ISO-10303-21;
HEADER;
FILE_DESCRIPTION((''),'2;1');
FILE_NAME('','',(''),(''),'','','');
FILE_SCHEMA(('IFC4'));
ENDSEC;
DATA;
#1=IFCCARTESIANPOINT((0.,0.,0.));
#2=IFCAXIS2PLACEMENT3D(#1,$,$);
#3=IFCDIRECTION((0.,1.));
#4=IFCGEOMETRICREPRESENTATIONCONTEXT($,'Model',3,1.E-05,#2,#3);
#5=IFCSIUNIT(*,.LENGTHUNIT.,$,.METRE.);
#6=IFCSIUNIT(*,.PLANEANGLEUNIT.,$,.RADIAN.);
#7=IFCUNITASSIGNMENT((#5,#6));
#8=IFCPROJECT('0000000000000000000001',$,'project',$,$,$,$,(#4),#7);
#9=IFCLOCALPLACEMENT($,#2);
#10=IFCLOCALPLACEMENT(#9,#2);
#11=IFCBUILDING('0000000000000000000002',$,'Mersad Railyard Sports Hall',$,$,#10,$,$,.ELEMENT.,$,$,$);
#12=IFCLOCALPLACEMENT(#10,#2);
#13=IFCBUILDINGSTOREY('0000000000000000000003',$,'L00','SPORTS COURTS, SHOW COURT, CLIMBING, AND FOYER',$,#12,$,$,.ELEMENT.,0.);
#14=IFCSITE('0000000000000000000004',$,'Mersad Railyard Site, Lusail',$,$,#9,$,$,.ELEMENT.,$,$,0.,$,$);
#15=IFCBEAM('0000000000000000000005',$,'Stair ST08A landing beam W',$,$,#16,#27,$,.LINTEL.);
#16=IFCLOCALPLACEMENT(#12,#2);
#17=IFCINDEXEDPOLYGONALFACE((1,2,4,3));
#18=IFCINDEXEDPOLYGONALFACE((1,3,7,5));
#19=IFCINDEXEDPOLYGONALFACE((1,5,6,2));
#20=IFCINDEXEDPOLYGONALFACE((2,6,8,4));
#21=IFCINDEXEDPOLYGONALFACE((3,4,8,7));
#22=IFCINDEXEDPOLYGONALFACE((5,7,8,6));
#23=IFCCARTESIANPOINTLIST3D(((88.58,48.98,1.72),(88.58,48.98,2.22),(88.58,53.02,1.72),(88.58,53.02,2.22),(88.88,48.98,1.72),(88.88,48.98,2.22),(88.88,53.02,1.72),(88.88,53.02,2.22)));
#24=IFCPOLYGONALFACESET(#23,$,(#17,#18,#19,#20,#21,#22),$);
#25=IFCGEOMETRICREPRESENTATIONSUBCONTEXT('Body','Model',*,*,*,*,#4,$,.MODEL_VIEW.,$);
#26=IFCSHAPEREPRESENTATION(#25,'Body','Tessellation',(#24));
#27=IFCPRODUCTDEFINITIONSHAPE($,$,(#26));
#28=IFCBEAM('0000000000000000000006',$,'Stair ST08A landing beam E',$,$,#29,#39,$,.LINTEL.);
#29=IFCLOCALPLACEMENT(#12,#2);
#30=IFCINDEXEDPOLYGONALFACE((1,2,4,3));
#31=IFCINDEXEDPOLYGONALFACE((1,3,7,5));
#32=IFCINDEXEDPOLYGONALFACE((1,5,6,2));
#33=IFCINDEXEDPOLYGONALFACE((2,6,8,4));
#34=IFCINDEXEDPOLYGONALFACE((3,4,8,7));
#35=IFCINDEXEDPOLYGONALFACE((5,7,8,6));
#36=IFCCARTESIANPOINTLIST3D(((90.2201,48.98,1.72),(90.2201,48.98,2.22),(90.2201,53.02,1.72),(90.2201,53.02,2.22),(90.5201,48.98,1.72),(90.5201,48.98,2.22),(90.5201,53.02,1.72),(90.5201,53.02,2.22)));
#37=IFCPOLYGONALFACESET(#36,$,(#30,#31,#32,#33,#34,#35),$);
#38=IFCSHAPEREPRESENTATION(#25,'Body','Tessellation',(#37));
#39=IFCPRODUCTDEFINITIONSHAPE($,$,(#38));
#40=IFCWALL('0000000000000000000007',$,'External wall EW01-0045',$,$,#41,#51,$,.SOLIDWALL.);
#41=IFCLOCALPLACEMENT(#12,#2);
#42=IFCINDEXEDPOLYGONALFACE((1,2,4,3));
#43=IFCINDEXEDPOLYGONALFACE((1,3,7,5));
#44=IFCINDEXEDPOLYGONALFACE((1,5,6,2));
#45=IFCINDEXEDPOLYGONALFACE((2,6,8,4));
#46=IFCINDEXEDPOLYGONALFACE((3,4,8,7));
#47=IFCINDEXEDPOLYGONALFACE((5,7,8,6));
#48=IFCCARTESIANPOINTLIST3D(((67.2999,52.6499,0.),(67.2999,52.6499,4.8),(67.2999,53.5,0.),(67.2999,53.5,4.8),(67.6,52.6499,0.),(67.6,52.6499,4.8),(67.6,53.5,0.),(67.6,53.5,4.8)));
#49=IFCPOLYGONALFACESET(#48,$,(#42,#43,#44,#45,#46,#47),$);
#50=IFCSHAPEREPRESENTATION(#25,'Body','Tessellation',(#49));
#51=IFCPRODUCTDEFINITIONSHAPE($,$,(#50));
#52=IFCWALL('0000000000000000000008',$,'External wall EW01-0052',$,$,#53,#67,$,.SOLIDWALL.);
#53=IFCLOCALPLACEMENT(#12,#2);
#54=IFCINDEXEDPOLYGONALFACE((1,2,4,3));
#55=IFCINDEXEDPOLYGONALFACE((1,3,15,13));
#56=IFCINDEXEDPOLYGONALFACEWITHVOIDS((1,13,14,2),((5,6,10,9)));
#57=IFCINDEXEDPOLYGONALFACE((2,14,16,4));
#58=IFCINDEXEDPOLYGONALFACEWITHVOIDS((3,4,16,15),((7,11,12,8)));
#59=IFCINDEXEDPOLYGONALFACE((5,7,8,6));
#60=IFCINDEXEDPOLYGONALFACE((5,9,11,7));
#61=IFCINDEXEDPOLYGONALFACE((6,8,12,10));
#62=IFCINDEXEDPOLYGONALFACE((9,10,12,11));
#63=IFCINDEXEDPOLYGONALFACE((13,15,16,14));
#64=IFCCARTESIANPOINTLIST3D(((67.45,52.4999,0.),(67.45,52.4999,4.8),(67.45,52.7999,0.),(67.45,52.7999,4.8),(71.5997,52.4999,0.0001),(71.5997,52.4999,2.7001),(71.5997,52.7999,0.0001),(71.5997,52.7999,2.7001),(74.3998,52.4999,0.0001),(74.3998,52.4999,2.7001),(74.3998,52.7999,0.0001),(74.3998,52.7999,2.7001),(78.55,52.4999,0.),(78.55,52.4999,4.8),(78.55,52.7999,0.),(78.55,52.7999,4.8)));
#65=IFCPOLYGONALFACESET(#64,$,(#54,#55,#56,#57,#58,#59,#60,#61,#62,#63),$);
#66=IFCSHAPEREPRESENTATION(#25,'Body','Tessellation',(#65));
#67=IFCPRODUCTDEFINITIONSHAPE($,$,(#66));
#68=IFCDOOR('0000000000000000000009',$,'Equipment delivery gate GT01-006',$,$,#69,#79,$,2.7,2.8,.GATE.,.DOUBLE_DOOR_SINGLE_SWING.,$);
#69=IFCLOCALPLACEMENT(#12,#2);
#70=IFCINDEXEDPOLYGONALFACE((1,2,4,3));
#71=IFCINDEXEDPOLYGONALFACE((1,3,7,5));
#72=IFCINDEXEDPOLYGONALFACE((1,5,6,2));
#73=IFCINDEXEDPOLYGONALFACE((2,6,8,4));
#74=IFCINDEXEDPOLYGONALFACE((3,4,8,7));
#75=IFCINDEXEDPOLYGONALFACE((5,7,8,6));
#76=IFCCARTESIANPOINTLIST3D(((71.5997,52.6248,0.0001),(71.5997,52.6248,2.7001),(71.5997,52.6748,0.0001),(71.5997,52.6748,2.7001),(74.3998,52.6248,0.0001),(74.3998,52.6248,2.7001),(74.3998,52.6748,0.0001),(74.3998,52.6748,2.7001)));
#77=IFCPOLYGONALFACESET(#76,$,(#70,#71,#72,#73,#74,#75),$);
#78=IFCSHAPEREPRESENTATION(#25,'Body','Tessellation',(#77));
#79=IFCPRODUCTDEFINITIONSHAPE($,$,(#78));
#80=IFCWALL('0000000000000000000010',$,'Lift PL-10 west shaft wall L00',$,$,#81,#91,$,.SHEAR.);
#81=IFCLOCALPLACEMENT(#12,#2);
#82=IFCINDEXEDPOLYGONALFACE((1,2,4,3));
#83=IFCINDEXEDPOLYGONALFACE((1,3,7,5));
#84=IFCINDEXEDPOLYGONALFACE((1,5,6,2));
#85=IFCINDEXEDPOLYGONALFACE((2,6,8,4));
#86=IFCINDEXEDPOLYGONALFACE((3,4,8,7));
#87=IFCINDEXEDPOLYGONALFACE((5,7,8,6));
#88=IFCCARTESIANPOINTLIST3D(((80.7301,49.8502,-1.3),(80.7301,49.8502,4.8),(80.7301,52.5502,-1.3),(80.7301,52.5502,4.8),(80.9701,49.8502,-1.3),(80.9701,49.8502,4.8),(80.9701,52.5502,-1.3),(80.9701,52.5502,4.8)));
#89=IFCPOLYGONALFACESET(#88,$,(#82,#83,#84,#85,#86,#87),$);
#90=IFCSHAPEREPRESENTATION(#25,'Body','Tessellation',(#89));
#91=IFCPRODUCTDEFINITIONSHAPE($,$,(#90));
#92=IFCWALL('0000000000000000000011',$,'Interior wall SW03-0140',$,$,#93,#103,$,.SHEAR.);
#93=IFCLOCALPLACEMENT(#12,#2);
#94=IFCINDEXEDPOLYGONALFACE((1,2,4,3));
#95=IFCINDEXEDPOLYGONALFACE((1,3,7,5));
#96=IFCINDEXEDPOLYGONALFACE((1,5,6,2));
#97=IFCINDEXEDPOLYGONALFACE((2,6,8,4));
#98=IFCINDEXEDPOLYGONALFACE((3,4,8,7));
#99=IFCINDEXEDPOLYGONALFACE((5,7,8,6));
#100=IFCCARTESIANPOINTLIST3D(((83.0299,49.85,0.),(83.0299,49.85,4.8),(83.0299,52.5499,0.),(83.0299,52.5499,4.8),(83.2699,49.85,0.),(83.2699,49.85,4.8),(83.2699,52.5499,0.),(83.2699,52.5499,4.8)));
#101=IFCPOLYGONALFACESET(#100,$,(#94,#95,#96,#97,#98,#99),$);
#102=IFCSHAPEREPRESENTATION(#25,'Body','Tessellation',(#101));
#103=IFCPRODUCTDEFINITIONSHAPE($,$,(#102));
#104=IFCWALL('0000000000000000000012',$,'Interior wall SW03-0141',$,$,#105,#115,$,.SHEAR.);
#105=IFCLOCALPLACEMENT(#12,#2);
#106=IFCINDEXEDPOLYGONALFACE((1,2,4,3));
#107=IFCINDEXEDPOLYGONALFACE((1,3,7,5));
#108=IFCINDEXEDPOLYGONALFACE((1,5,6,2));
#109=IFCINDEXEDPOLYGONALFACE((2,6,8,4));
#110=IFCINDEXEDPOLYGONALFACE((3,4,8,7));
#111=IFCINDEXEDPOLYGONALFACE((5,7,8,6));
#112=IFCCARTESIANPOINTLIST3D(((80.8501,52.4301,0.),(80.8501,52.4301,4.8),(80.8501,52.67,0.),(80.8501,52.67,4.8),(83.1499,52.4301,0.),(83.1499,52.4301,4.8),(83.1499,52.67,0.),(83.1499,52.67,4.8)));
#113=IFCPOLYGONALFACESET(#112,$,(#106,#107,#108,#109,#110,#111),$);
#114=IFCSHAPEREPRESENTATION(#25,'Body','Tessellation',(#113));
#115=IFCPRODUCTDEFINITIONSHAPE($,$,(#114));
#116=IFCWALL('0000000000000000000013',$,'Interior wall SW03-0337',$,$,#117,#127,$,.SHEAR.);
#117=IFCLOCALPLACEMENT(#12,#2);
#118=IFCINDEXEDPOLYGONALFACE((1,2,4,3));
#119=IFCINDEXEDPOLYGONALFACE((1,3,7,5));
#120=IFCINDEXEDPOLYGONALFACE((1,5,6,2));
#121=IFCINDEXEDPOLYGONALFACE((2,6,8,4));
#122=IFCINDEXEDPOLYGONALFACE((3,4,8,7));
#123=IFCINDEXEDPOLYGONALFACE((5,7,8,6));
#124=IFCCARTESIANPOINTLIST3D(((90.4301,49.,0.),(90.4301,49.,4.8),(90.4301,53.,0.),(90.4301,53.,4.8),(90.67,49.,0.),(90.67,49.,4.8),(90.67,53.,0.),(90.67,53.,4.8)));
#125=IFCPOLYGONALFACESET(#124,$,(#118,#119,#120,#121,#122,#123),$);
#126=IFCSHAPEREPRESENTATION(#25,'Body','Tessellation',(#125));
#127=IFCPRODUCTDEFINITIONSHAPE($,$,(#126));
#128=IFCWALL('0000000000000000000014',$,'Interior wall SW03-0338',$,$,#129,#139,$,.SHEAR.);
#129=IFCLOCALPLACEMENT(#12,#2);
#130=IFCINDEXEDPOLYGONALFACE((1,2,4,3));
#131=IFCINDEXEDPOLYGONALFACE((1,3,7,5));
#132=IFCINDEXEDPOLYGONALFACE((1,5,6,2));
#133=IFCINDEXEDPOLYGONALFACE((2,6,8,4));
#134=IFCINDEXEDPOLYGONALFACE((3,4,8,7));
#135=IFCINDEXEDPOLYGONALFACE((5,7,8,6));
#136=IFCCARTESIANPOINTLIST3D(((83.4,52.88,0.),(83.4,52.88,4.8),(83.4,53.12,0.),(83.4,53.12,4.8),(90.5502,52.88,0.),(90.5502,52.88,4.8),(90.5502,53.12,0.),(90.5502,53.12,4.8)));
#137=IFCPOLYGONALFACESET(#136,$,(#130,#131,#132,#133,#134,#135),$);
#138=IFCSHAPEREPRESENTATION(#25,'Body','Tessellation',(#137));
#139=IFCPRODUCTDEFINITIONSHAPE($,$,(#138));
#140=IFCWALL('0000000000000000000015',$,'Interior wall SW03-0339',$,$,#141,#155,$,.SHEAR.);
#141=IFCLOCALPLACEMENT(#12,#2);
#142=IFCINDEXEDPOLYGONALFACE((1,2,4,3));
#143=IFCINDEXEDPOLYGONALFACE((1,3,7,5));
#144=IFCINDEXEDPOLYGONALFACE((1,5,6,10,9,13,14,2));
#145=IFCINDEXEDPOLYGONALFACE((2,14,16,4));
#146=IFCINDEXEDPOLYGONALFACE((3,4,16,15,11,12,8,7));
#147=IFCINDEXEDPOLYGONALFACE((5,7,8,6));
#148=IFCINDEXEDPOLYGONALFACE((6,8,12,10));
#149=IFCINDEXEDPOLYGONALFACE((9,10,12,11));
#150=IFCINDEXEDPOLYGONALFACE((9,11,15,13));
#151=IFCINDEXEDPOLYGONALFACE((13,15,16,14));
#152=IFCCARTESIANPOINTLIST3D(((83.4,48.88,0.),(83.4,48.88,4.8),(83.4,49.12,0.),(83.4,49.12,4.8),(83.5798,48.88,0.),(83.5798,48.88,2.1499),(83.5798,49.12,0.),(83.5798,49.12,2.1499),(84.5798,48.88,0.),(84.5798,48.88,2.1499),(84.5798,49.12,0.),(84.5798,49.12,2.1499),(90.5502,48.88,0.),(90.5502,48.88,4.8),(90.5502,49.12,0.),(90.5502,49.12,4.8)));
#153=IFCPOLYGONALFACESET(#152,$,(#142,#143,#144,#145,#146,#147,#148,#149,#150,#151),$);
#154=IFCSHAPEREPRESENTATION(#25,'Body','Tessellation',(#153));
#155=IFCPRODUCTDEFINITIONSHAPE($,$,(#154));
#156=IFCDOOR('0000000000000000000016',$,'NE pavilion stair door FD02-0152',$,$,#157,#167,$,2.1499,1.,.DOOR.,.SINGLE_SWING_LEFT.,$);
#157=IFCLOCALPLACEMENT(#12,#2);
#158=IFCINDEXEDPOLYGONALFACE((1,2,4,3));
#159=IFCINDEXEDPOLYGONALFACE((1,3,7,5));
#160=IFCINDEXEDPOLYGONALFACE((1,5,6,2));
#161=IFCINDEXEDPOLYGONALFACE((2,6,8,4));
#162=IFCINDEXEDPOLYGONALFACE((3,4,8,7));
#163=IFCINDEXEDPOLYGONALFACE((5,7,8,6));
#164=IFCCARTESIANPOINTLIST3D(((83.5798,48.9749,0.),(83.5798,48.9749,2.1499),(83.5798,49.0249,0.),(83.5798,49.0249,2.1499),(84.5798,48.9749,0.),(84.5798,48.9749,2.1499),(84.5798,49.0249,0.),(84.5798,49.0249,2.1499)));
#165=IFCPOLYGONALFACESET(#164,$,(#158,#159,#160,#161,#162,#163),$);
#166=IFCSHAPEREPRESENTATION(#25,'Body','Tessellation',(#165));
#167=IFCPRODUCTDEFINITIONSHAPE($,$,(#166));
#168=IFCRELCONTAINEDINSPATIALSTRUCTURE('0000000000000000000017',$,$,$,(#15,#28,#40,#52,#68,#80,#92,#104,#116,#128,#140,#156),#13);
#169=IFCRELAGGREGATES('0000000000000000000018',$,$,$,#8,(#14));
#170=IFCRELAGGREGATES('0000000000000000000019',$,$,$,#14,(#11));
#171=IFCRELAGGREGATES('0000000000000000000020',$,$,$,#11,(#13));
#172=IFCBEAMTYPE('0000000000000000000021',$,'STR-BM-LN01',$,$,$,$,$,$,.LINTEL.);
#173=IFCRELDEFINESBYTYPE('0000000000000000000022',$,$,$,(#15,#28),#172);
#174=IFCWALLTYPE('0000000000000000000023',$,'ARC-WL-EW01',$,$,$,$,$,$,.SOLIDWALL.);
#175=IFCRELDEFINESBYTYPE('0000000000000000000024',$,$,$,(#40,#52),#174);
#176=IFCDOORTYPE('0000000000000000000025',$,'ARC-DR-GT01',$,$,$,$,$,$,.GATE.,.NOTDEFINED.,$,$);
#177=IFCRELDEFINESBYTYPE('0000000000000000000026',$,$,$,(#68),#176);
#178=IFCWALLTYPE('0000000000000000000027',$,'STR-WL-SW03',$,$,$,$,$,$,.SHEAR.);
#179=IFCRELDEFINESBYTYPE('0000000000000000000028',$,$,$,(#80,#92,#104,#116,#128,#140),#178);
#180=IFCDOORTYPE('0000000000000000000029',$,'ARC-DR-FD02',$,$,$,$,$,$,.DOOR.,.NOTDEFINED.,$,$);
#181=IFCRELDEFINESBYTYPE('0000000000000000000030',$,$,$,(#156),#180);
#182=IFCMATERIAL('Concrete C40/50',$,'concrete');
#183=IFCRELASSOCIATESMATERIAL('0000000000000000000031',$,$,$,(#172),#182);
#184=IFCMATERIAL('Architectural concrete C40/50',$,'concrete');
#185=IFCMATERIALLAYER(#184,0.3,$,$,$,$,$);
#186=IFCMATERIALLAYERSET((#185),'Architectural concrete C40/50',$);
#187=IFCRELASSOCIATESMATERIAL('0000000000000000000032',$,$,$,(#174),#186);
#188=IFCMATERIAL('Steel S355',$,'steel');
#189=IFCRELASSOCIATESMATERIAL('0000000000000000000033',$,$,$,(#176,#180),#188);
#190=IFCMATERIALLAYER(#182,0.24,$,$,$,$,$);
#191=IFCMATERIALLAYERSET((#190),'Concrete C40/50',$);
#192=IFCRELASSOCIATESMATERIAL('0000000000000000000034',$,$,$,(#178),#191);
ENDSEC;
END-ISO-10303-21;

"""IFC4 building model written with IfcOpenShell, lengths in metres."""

from ifc_helpers import new_model, si_unit, direction, frame, frame_2d, origin, origin_2d, place, context, subcontext, project, spatial, rectangle, extrude, material, layer, layer_set, material_profile, profile_set, type_object, element, fill, save


model = new_model("IFC4")

# Units and contexts
model_context = context("Model", 3, precision=1e-05, world=origin(), true_north=direction((0.0, 1.0)))
body_context = subcontext(model_context, "Body", "Model", "MODEL_VIEW")
ifc_project = project(units=[si_unit("LENGTHUNIT", "METRE"), si_unit("PLANEANGLEUNIT", "RADIAN")], contexts=[model_context])

# Site, building, storey
site_placement = place(None, origin())
site = spatial("IfcSite", under=ifc_project, at=site_placement, Name="Mersad Railyard Site, Lusail", CompositionType="ELEMENT", RefElevation=0.0)
building_placement = place(site_placement, origin())
building = spatial("IfcBuilding", under=site, at=building_placement, Name="Mersad Railyard Sports Hall", CompositionType="ELEMENT")
storey_placement = place(building_placement, origin())
storey = spatial("IfcBuildingStorey", under=building, at=storey_placement, Name="L00", Description="SPORTS COURTS, SHOW COURT, CLIMBING, AND FOYER", CompositionType="ELEMENT", Elevation=0.0)

# Beams
ifc_material_1 = material(Name="Concrete C40/50", Category="concrete")
ifc_material_profile = material_profile(ifc_material_1, rectangle(XDim=0.3, YDim=0.5, at=origin_2d()), Name="RC 300x500")
ifc_profile_set = profile_set([ifc_material_profile], Name="Concrete C40/50")
beam_type = type_object("IfcBeamType", Name="STR-BM-LN01", PredefinedType="LINTEL", material=ifc_profile_set)
for number, where, z_axis, x_axis, name in (
    (1, (88.73, 48.98, 1.97), (0.0, 1.0, 0.0), (-1.0, 0.0, 0.0), "Stair ST08A landing beam W"),
    (2, (90.3701, 48.98, 1.97), (0.0, 1.0, 0.0), (-1.0, 0.0, 0.0), "Stair ST08A landing beam E"),
):
    element("IfcBeam", number, at=place(storey_placement, frame(where, z_axis=z_axis, x_axis=x_axis)), inside=storey, type_object=beam_type, Name=name, PredefinedType="LINTEL", context=body_context, shape_type="SweptSolid", body=[
        extrude(rectangle(XDim=0.3, YDim=0.5, at=origin_2d()), origin(), (0.0, 0.0, 1.0), 4.04),
    ])

# Wall
ifc_material_2 = material(Name="Architectural concrete C40/50", Category="concrete")
ifc_layer_1 = layer(ifc_material_2, 0.3)
ifc_layer_set_1 = layer_set([ifc_layer_1], Name="Architectural concrete C40/50")
wall_type_1 = type_object("IfcWallType", Name="ARC-WL-EW01", PredefinedType="SOLIDWALL", material=ifc_layer_set_1)
wall_1_placement = place(storey_placement, frame((67.45, 52.6499, 0.0), z_axis=(0.0, 0.0, 1.0), x_axis=(0.0, 1.0, 0.0)))
element("IfcWall", 3, at=wall_1_placement, inside=storey, type_object=wall_type_1, Name="External wall EW01-0045", PredefinedType="SOLIDWALL", context=body_context, shape_type="SweptSolid", body=[
    extrude(rectangle(XDim=0.8501, YDim=0.3, at=frame_2d((0.425, 0.0))), origin(), (0.0, 0.0, 1.0), 4.8),
])

# Wall, opening, door
wall_2_placement = place(storey_placement, frame((67.45, 52.6499, 0.0), z_axis=(0.0, 0.0, 1.0), x_axis=(1.0, 0.0, 0.0)))
wall_2 = element("IfcWall", 4, at=wall_2_placement, inside=storey, type_object=wall_type_1, Name="External wall EW01-0052", PredefinedType="SOLIDWALL", context=body_context, shape_type="SweptSolid", body=[
    extrude(rectangle(XDim=11.1001, YDim=0.3, at=frame_2d((5.55, 0.0))), origin(), (0.0, 0.0, 1.0), 4.8),
])
opening_1_placement = place(wall_2_placement, frame((4.1499, 0.0, 0.0)))
opening_1 = element("IfcOpeningElement", 5, at=opening_1_placement, cuts=wall_2, PredefinedType="OPENING", context=body_context, shape_type="SweptSolid", body=[
    extrude(rectangle(XDim=2.8, YDim=2.7, at=frame_2d((1.3999, 1.3501))), frame((0.0, 0.1599, 0.0), z_axis=(0.0, -1.0, 0.0), x_axis=(1.0, 0.0, 0.0)), (0.0, 0.0, 1.0), 0.3201),
])
ifc_material_3 = material(Name="Steel S355", Category="steel")
door_type_1 = type_object("IfcDoorType", Name="ARC-DR-GT01", OperationType="NOTDEFINED", PredefinedType="GATE", material=ifc_material_3)
door_1_placement = place(opening_1_placement, origin())
door_1 = element("IfcDoor", 6, at=door_1_placement, inside=storey, type_object=door_type_1, Name="Equipment delivery gate GT01-006", OperationType="DOUBLE_DOOR_SINGLE_SWING", OverallHeight=2.7, OverallWidth=2.8, PredefinedType="GATE", context=body_context, shape_type="SweptSolid", body=[
    extrude(rectangle(XDim=2.8, YDim=2.7, at=frame_2d((1.3999, 1.3501))), frame((0.0, 0.0249, 0.0), z_axis=(0.0, -1.0, 0.0), x_axis=(1.0, 0.0, 0.0)), (0.0, 0.0, 1.0), 0.05),
])
fill(opening_1, door_1)

# Walls
ifc_layer_2 = layer(ifc_material_1, 0.24)
ifc_layer_set_2 = layer_set([ifc_layer_2], Name="Concrete C40/50")
wall_type_2 = type_object("IfcWallType", Name="STR-WL-SW03", PredefinedType="SHEAR", material=ifc_layer_set_2)
wall_3_placement = place(storey_placement, frame((80.8501, 49.8501, -1.3), z_axis=(0.0, 0.0, 1.0), x_axis=(0.0, 1.0, 0.0)))
element("IfcWall", 7, at=wall_3_placement, inside=storey, type_object=wall_type_2, Name="Lift PL-10 west shaft wall L00", PredefinedType="SHEAR", context=body_context, shape_type="SweptSolid", body=[
    extrude(rectangle(XDim=2.7, YDim=0.24, at=frame_2d((1.3501, 0.0))), origin(), (0.0, 0.0, 1.0), 6.1001),
])
wall_4_placement = place(storey_placement, frame((83.1499, 52.55, 0.0), z_axis=(0.0, 0.0, 1.0), x_axis=(0.0, -1.0, 0.0)))
element("IfcWall", 8, at=wall_4_placement, inside=storey, type_object=wall_type_2, Name="Interior wall SW03-0140", PredefinedType="SHEAR", context=body_context, shape_type="SweptSolid", body=[
    extrude(rectangle(XDim=2.7, YDim=0.24, at=frame_2d((1.3501, 0.0))), origin(), (0.0, 0.0, 1.0), 4.8),
])
wall_5_placement = place(storey_placement, frame((80.8501, 52.55, 0.0), z_axis=(0.0, 0.0, 1.0), x_axis=(1.0, 0.0, 0.0)))
element("IfcWall", 9, at=wall_5_placement, inside=storey, type_object=wall_type_2, Name="Interior wall SW03-0141", PredefinedType="SHEAR", context=body_context, shape_type="SweptSolid", body=[
    extrude(rectangle(XDim=2.2998, YDim=0.24, at=frame_2d((1.1499, 0.0))), origin(), (0.0, 0.0, 1.0), 4.8),
])

# Walls
wall_6_placement = place(storey_placement, frame((90.55, 49.0, 0.0), z_axis=(0.0, 0.0, 1.0), x_axis=(0.0, 1.0, 0.0)))
element("IfcWall", 10, at=wall_6_placement, inside=storey, type_object=wall_type_2, Name="Interior wall SW03-0337", PredefinedType="SHEAR", context=body_context, shape_type="SweptSolid", body=[
    extrude(rectangle(XDim=4.0, YDim=0.24, at=frame_2d((2.0, 0.0))), origin(), (0.0, 0.0, 1.0), 4.8),
])
wall_7_placement = place(storey_placement, frame((83.3999, 53.0, 0.0), z_axis=(0.0, 0.0, 1.0), x_axis=(1.0, 0.0, 0.0)))
element("IfcWall", 11, at=wall_7_placement, inside=storey, type_object=wall_type_2, Name="Interior wall SW03-0338", PredefinedType="SHEAR", context=body_context, shape_type="SweptSolid", body=[
    extrude(rectangle(XDim=7.1501, YDim=0.24, at=frame_2d((3.5752, 0.0))), origin(), (0.0, 0.0, 1.0), 4.8),
])

# Wall, opening, door
wall_8_placement = place(storey_placement, frame((83.3999, 49.0, 0.0), z_axis=(0.0, 0.0, 1.0), x_axis=(1.0, 0.0, 0.0)))
wall_8 = element("IfcWall", 12, at=wall_8_placement, inside=storey, type_object=wall_type_2, Name="Interior wall SW03-0339", PredefinedType="SHEAR", context=body_context, shape_type="SweptSolid", body=[
    extrude(rectangle(XDim=7.1501, YDim=0.24, at=frame_2d((3.5752, 0.0))), origin(), (0.0, 0.0, 1.0), 4.8),
])
opening_2_placement = place(wall_8_placement, frame((0.1799, 0.0, 0.0)))
opening_2 = element("IfcOpeningElement", 13, at=opening_2_placement, cuts=wall_8, PredefinedType="OPENING", context=body_context, shape_type="SweptSolid", body=[
    extrude(rectangle(XDim=1.0, YDim=2.1499, at=frame_2d((0.5, 1.075))), frame((0.0, 0.1299, 0.0), z_axis=(0.0, -1.0, 0.0), x_axis=(1.0, 0.0, 0.0)), (0.0, 0.0, 1.0), 0.26),
])
door_type_2 = type_object("IfcDoorType", Name="ARC-DR-FD02", OperationType="NOTDEFINED", PredefinedType="DOOR", material=ifc_material_3)
door_2_placement = place(opening_2_placement, origin())
door_2 = element("IfcDoor", 14, at=door_2_placement, inside=storey, type_object=door_type_2, Name="NE pavilion stair door FD02-0152", OperationType="SINGLE_SWING_LEFT", OverallHeight=2.1499, OverallWidth=1.0, PredefinedType="DOOR", context=body_context, shape_type="SweptSolid", body=[
    extrude(rectangle(XDim=1.0, YDim=2.1499, at=frame_2d((0.5, 1.075))), frame((0.0, 0.0249, 0.0), z_axis=(0.0, -1.0, 0.0), x_axis=(1.0, 0.0, 0.0)), (0.0, 0.0, 1.0), 0.05),
])
fill(opening_2, door_2)

save(model, "model.ifc")
